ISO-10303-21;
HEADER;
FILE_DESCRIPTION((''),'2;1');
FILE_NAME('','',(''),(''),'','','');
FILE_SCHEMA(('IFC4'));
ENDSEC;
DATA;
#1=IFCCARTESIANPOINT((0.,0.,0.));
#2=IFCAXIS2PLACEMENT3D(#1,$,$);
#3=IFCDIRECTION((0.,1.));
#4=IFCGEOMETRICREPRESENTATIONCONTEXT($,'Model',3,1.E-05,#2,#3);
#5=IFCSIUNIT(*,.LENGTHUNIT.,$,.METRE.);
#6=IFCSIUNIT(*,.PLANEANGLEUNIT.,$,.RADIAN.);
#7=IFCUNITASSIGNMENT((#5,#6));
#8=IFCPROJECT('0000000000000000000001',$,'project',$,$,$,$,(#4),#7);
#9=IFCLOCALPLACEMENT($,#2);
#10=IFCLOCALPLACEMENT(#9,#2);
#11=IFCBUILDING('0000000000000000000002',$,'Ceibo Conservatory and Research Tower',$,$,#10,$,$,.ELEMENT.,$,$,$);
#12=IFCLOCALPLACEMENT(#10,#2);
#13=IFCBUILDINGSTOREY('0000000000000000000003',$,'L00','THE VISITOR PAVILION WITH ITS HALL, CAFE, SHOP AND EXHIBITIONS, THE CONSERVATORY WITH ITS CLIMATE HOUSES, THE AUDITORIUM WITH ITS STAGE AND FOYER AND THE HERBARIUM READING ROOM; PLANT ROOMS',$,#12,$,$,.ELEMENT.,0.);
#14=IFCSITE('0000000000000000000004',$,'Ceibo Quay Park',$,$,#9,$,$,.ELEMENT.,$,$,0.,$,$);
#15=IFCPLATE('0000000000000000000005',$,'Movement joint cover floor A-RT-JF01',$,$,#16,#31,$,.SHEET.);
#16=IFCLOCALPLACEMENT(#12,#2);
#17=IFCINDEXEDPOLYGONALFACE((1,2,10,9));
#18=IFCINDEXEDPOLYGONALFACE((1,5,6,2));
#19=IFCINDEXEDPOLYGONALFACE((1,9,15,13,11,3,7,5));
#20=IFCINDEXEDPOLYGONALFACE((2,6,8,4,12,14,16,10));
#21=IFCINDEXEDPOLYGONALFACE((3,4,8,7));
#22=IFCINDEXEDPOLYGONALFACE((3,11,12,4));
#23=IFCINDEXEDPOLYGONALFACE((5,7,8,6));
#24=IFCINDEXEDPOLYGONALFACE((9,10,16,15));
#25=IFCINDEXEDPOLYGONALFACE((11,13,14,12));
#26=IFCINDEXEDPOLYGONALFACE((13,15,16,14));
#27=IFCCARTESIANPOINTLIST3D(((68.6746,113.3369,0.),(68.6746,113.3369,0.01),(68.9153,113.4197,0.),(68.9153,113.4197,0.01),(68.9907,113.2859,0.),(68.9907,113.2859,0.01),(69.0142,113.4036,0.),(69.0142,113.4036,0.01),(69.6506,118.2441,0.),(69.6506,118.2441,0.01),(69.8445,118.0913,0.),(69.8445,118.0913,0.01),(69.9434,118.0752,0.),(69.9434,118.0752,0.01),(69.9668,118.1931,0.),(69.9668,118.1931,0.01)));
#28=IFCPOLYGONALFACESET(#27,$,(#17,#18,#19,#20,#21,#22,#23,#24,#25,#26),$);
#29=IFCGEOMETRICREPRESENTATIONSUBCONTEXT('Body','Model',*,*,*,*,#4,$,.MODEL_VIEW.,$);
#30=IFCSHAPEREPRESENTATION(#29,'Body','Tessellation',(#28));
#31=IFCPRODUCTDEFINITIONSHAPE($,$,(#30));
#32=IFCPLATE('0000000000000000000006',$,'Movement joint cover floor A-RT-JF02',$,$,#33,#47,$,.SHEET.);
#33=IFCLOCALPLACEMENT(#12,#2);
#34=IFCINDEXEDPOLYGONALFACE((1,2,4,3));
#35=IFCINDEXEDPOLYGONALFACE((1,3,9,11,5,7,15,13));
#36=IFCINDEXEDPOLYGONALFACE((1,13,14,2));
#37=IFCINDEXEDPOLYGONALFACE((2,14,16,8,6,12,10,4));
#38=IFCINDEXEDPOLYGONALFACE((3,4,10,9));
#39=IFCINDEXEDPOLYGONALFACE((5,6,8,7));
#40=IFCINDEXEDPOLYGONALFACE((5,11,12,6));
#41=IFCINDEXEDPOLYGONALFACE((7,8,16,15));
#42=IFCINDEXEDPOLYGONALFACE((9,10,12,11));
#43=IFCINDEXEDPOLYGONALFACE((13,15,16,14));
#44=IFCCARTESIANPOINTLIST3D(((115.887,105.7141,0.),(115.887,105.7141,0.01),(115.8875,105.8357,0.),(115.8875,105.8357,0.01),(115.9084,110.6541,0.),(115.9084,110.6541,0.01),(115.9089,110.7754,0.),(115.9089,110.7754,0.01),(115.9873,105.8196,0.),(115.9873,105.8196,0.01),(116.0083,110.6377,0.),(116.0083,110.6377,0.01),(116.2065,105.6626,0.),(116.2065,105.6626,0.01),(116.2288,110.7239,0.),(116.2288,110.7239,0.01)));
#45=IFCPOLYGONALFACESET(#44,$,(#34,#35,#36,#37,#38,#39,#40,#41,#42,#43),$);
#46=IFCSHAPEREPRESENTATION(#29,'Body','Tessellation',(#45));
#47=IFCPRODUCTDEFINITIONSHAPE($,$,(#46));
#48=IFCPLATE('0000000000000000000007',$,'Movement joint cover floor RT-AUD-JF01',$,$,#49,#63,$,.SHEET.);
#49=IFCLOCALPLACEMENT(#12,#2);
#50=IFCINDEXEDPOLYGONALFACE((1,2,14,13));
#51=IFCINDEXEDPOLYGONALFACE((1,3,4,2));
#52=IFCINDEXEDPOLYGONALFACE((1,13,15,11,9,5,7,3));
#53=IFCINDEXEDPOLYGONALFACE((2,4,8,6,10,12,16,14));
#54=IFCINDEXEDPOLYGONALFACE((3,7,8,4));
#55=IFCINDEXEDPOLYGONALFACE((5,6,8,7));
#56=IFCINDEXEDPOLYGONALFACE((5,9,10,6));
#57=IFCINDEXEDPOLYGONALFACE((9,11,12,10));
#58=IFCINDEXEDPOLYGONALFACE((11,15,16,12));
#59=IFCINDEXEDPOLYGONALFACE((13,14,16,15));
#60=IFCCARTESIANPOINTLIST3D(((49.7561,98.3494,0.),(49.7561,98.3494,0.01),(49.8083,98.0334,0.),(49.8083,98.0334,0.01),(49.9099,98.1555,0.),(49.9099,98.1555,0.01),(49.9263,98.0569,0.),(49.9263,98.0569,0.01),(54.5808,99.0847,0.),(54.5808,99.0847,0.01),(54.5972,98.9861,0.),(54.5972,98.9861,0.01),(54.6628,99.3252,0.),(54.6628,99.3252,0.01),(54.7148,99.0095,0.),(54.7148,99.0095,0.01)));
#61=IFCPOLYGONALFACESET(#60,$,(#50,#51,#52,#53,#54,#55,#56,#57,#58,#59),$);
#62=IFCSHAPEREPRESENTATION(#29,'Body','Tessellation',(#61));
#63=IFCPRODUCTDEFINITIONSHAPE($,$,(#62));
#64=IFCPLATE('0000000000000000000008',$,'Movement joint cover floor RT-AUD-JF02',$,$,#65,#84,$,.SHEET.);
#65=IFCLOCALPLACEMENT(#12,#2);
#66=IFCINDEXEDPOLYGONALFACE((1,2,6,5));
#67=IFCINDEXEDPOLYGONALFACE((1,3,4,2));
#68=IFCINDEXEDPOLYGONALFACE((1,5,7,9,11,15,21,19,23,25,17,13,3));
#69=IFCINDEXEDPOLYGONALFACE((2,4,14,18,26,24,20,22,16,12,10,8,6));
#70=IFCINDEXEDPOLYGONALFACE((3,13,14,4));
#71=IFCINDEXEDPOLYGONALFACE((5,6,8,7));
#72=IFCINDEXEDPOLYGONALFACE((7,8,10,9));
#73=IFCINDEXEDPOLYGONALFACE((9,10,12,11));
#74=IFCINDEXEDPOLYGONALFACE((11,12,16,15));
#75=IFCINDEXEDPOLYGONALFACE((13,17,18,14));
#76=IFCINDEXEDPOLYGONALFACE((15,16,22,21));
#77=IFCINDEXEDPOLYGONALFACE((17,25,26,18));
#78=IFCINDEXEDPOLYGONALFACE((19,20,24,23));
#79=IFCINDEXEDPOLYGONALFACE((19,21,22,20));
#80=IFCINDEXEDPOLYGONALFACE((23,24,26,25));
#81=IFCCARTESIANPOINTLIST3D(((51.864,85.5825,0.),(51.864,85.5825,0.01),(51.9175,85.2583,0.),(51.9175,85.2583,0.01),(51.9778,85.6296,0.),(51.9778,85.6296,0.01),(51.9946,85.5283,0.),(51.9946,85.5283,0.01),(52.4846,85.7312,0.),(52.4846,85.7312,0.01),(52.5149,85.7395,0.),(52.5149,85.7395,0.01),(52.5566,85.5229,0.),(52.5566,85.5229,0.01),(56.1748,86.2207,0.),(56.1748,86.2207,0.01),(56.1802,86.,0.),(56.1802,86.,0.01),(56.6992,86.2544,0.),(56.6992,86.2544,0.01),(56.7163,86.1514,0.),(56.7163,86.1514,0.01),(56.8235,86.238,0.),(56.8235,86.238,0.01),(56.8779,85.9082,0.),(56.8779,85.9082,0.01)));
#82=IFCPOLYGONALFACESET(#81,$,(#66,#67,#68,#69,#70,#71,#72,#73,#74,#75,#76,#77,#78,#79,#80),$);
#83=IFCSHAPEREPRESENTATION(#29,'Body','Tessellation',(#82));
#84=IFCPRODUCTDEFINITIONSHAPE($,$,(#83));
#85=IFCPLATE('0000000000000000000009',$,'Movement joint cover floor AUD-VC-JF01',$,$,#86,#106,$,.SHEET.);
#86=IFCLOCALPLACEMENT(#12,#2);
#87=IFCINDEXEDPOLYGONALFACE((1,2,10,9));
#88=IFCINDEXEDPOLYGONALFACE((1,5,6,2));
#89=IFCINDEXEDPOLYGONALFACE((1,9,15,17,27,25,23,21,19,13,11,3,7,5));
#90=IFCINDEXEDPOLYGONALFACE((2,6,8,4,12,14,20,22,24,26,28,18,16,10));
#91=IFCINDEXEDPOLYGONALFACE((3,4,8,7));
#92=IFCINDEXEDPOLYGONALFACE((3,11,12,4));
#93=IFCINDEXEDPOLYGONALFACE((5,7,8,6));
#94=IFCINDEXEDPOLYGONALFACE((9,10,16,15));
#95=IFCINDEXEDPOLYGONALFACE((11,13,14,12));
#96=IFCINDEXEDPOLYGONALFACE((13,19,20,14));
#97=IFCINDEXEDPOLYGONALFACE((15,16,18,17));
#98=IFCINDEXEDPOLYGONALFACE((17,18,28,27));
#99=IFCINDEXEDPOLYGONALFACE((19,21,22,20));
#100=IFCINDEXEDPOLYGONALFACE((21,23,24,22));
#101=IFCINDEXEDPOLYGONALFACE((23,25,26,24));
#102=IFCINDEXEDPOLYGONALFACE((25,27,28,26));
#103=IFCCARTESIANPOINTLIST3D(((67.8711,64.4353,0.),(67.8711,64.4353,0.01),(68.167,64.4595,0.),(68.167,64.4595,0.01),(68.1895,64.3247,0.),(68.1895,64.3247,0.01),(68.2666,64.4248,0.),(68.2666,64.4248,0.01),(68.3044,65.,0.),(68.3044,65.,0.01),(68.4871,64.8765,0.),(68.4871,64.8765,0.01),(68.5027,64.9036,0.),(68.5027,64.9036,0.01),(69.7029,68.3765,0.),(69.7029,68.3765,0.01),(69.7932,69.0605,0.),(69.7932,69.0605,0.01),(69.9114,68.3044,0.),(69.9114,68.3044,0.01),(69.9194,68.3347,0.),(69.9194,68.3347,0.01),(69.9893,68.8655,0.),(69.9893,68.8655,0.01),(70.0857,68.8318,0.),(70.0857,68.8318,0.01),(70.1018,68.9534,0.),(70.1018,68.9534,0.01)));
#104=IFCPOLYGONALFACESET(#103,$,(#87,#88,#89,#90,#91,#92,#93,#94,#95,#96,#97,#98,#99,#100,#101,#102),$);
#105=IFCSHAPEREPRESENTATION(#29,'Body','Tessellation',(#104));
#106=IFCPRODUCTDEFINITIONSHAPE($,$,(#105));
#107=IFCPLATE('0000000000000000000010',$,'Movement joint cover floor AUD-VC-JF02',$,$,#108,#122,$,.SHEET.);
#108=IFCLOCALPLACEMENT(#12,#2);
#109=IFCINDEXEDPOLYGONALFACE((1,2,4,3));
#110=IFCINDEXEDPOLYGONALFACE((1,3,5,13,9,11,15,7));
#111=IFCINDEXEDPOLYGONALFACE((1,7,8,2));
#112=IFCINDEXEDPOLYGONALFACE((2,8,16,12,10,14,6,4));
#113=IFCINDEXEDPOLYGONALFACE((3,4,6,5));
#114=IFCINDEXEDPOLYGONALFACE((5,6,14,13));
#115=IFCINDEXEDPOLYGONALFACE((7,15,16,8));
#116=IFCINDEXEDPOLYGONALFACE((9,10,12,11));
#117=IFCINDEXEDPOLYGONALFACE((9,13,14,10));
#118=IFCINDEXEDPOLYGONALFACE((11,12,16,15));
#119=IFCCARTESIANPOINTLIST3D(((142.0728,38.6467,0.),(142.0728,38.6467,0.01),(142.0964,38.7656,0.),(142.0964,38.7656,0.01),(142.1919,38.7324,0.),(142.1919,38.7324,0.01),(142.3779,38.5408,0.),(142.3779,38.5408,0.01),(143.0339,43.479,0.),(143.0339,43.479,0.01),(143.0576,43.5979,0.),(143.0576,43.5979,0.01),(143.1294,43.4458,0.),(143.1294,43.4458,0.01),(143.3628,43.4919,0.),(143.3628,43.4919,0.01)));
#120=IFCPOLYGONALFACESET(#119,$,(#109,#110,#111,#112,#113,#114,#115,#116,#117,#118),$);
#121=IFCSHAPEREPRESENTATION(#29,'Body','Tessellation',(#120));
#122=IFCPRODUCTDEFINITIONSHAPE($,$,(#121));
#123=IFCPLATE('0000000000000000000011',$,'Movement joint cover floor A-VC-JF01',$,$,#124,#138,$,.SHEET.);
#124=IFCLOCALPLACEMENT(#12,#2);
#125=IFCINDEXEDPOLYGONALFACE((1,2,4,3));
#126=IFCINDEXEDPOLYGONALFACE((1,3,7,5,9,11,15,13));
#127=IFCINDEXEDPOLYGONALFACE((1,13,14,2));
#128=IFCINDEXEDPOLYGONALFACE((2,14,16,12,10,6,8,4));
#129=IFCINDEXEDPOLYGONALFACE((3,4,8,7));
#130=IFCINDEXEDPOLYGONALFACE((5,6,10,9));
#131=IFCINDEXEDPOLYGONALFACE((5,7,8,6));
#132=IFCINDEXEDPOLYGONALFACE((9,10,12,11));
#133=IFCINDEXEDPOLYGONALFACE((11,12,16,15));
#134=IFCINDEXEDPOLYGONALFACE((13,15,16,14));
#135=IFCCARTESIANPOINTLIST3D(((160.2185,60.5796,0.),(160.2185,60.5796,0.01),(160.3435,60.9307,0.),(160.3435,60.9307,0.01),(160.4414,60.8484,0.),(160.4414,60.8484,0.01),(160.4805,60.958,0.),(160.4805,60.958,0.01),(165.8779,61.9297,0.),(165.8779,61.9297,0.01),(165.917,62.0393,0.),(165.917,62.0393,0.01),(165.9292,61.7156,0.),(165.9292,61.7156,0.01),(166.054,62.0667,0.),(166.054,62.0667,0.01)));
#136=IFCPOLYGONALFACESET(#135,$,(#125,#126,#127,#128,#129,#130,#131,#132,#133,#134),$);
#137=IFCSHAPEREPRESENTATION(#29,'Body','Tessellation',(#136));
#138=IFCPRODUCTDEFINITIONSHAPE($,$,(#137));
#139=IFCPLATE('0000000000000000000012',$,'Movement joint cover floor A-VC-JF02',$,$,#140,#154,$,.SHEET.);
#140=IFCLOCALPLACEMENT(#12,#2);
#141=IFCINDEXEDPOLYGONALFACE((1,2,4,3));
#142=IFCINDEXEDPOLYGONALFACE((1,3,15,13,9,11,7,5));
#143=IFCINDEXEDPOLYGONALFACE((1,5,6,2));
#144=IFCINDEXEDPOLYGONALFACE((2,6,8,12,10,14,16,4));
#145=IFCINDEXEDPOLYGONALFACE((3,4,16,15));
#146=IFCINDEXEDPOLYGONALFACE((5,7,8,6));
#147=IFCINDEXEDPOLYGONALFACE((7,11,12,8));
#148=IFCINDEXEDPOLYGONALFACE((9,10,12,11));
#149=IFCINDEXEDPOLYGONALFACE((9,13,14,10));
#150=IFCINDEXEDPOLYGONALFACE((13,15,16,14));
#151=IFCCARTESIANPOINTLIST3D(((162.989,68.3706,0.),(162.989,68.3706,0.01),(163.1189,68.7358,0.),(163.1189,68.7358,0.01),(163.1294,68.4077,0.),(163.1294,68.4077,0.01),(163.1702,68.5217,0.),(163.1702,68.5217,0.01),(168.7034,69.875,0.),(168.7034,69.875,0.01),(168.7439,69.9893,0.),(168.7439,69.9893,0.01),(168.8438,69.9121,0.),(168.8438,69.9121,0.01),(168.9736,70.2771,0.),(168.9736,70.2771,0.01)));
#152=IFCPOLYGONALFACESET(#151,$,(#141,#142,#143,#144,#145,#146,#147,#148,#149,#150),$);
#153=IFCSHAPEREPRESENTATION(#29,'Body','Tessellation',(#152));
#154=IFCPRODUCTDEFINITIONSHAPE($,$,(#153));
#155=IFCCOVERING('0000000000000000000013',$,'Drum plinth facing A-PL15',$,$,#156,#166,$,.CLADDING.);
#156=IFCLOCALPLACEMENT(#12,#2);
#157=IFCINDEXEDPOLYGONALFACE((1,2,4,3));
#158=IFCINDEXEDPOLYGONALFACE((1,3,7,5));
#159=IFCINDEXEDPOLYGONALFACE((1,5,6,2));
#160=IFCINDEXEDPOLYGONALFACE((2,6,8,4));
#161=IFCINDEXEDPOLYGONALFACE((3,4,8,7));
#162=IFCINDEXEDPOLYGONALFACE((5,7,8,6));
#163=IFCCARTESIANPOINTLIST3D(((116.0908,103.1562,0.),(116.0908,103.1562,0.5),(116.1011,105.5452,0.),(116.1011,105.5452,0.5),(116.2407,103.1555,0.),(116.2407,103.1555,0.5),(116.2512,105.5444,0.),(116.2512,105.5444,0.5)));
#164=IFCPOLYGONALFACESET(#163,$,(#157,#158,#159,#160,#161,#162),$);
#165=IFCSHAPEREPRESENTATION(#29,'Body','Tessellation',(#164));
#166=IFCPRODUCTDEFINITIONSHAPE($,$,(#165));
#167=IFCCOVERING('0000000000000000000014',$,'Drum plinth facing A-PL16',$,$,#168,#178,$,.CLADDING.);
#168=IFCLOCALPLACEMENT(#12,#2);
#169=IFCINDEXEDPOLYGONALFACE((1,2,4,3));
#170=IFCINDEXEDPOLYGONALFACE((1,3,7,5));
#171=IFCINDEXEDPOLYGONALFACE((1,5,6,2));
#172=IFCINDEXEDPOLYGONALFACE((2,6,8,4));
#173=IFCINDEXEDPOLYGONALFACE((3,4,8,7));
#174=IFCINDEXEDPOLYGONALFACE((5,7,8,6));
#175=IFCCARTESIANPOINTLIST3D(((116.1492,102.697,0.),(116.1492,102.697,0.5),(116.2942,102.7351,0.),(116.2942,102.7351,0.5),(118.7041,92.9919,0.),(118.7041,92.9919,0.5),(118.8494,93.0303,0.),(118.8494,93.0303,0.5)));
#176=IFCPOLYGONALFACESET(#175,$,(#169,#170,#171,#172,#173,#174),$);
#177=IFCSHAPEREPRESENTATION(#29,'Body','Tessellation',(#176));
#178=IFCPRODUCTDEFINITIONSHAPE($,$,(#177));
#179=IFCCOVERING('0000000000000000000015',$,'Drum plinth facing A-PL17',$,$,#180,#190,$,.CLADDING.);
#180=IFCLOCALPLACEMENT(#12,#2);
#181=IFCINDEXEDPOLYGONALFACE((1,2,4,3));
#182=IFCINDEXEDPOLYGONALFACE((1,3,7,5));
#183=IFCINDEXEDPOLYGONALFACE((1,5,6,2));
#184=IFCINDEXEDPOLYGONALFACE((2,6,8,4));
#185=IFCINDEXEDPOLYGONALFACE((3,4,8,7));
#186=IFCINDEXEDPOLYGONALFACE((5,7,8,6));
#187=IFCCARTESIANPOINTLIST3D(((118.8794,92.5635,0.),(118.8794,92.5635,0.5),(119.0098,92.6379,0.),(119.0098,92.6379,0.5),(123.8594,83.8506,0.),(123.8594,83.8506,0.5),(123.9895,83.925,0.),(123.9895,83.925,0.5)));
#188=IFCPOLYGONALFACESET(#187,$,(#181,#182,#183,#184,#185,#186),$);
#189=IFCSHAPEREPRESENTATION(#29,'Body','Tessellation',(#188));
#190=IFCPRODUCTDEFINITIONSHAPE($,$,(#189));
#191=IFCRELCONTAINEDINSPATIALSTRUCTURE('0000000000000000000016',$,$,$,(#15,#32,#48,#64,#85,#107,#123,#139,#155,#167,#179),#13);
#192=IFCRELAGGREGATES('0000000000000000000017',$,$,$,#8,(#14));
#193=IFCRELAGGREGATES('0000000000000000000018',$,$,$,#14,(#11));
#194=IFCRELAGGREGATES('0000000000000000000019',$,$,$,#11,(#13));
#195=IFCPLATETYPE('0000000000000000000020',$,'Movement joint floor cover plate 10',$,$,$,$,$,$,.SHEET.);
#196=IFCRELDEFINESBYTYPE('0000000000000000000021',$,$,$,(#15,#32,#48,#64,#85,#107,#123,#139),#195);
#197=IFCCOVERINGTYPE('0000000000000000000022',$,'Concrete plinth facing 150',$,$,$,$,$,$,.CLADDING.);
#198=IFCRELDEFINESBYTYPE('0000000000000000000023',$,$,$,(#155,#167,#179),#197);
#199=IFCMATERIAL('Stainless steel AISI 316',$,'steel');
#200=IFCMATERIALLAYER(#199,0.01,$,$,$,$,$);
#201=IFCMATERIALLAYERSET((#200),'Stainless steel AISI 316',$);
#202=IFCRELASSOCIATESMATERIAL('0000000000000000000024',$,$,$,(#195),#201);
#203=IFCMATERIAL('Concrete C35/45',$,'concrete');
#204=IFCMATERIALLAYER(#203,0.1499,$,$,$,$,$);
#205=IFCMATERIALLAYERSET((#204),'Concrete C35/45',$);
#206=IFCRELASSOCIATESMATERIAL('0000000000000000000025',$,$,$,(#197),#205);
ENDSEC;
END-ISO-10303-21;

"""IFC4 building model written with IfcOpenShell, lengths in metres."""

from ifc_helpers import new_model, si_unit, direction, origin, place, context, subcontext, project, spatial, polyline, outline, extrude, material, layer, layer_set, type_object, element, save


model = new_model("IFC4")

# Units and contexts
model_context = context("Model", 3, precision=1e-05, world=origin(), true_north=direction((0.0, 1.0)))
body_context = subcontext(model_context, "Body", "Model", "MODEL_VIEW")
ifc_project = project(units=[si_unit("LENGTHUNIT", "METRE"), si_unit("PLANEANGLEUNIT", "RADIAN")], contexts=[model_context])

# Site, building, storey
site_placement = place(None, origin())
site = spatial("IfcSite", under=ifc_project, at=site_placement, Name="Ceibo Quay Park", CompositionType="ELEMENT", RefElevation=0.0)
building_placement = place(site_placement, origin())
building = spatial("IfcBuilding", under=site, at=building_placement, Name="Ceibo Conservatory and Research Tower", CompositionType="ELEMENT")
storey_placement = place(building_placement, origin())
storey = spatial("IfcBuildingStorey", under=building, at=storey_placement, Name="L00", Description="THE VISITOR PAVILION WITH ITS HALL, CAFE, SHOP AND EXHIBITIONS, THE CONSERVATORY WITH ITS CLIMATE HOUSES, THE AUDITORIUM WITH ITS STAGE AND FOYER AND THE HERBARIUM READING ROOM; PLANT ROOMS", CompositionType="ELEMENT", Elevation=0.0)

# Plates
ifc_material_1 = material(Name="Stainless steel AISI 316", Category="steel")
ifc_layer_1 = layer(ifc_material_1, 0.01)
ifc_layer_set_1 = layer_set([ifc_layer_1], Name="Stainless steel AISI 316")
plate_type = type_object("IfcPlateType", Name="Movement joint floor cover plate 10", PredefinedType="SHEET", material=ifc_layer_set_1)
plate_1_placement = place(storey_placement, origin())
element("IfcPlate", 1, at=plate_1_placement, inside=storey, type_object=plate_type, Name="Movement joint cover floor A-RT-JF01", PredefinedType="SHEET", context=body_context, shape_type="SweptSolid", body=[
    extrude(outline(polyline([(69.6506, 118.2441), (69.9668, 118.1931), (69.9434, 118.0752), (69.8445, 118.0913), (68.9153, 113.4197), (69.0142, 113.4036), (68.9907, 113.2859), (68.6746, 113.3369), (69.6506, 118.2441)])), origin(), (0.0, 0.0, 1.0), 0.01),
])
plate_2_placement = place(storey_placement, origin())
element("IfcPlate", 2, at=plate_2_placement, inside=storey, type_object=plate_type, Name="Movement joint cover floor A-RT-JF02", PredefinedType="SHEET", context=body_context, shape_type="SweptSolid", body=[
    extrude(outline(polyline([(115.8875, 105.8357), (115.9873, 105.8196), (116.0083, 110.6377), (115.9084, 110.6541), (115.9089, 110.7754), (116.2288, 110.7239), (116.2065, 105.6626), (115.887, 105.7141), (115.8875, 105.8357)])), origin(), (0.0, 0.0, 1.0), 0.01),
])
plate_3_placement = place(storey_placement, origin())
element("IfcPlate", 3, at=plate_3_placement, inside=storey, type_object=plate_type, Name="Movement joint cover floor RT-AUD-JF01", PredefinedType="SHEET", context=body_context, shape_type="SweptSolid", body=[
    extrude(outline(polyline([(54.5972, 98.9861), (54.5808, 99.0847), (49.9099, 98.1555), (49.9263, 98.0569), (49.8083, 98.0334), (49.7561, 98.3494), (54.6628, 99.3252), (54.7148, 99.0095), (54.5972, 98.9861)])), origin(), (0.0, 0.0, 1.0), 0.01),
])
plate_4_placement = place(storey_placement, origin())
element("IfcPlate", 4, at=plate_4_placement, inside=storey, type_object=plate_type, Name="Movement joint cover floor RT-AUD-JF02", PredefinedType="SHEET", context=body_context, shape_type="SweptSolid", body=[
    extrude(outline(polyline([(56.1802, 86.0), (52.5566, 85.5229), (51.9175, 85.2583), (51.864, 85.5825), (51.9778, 85.6296), (51.9946, 85.5283), (52.4846, 85.7312), (52.5149, 85.7395), (56.1748, 86.2207), (56.7163, 86.1514), (56.6992, 86.2544), (56.8235, 86.238), (56.8779, 85.9082), (56.1802, 86.0)])), origin(), (0.0, 0.0, 1.0), 0.01),
])
plate_5_placement = place(storey_placement, origin())
element("IfcPlate", 5, at=plate_5_placement, inside=storey, type_object=plate_type, Name="Movement joint cover floor AUD-VC-JF01", PredefinedType="SHEET", context=body_context, shape_type="SweptSolid", body=[
    extrude(outline(polyline([(70.0857, 68.8318), (69.9893, 68.8655), (69.9194, 68.3347), (69.9114, 68.3044), (68.5027, 64.9036), (68.4871, 64.8765), (68.167, 64.4595), (68.2666, 64.4248), (68.1895, 64.3247), (67.8711, 64.4353), (68.3044, 65.0), (69.7029, 68.3765), (69.7932, 69.0605), (70.1018, 68.9534), (70.0857, 68.8318)])), origin(), (0.0, 0.0, 1.0), 0.01),
])
plate_6_placement = place(storey_placement, origin())
element("IfcPlate", 6, at=plate_6_placement, inside=storey, type_object=plate_type, Name="Movement joint cover floor AUD-VC-JF02", PredefinedType="SHEET", context=body_context, shape_type="SweptSolid", body=[
    extrude(outline(polyline([(142.3779, 38.5408), (142.0728, 38.6467), (142.0964, 38.7656), (142.1919, 38.7324), (143.1294, 43.4458), (143.0339, 43.479), (143.0576, 43.5979), (143.3628, 43.4919), (142.3779, 38.5408)])), origin(), (0.0, 0.0, 1.0), 0.01),
])
plate_7_placement = place(storey_placement, origin())
element("IfcPlate", 7, at=plate_7_placement, inside=storey, type_object=plate_type, Name="Movement joint cover floor A-VC-JF01", PredefinedType="SHEET", context=body_context, shape_type="SweptSolid", body=[
    extrude(outline(polyline([(160.2185, 60.5796), (160.3435, 60.9307), (160.4805, 60.958), (160.4414, 60.8484), (165.8779, 61.9297), (165.917, 62.0393), (166.054, 62.0667), (165.9292, 61.7156), (160.2185, 60.5796)])), origin(), (0.0, 0.0, 1.0), 0.01),
])
plate_8_placement = place(storey_placement, origin())
element("IfcPlate", 8, at=plate_8_placement, inside=storey, type_object=plate_type, Name="Movement joint cover floor A-VC-JF02", PredefinedType="SHEET", context=body_context, shape_type="SweptSolid", body=[
    extrude(outline(polyline([(168.7034, 69.875), (168.7439, 69.9893), (163.1702, 68.5217), (163.1294, 68.4077), (162.989, 68.3706), (163.1189, 68.7358), (168.9736, 70.2771), (168.8438, 69.9121), (168.7034, 69.875)])), origin(), (0.0, 0.0, 1.0), 0.01),
])

# Coverings
ifc_material_2 = material(Name="Concrete C35/45", Category="concrete")
ifc_layer_2 = layer(ifc_material_2, 0.1499)
ifc_layer_set_2 = layer_set([ifc_layer_2], Name="Concrete C35/45")
covering_type_1 = type_object("IfcCoveringType", Name="Concrete plinth facing 150", PredefinedType="CLADDING", material=ifc_layer_set_2)
covering_1_placement = place(storey_placement, origin())
element("IfcCovering", 9, at=covering_1_placement, inside=storey, type_object=covering_type_1, Name="Drum plinth facing A-PL15", PredefinedType="CLADDING", context=body_context, shape_type="SweptSolid", body=[
    extrude(outline(polyline([(116.2512, 105.5444), (116.2407, 103.1555), (116.0908, 103.1562), (116.1011, 105.5452), (116.2512, 105.5444)])), origin(), (0.0, 0.0, 1.0), 0.5),
])
covering_2_placement = place(storey_placement, origin())
element("IfcCovering", 10, at=covering_2_placement, inside=storey, type_object=covering_type_1, Name="Drum plinth facing A-PL16", PredefinedType="CLADDING", context=body_context, shape_type="SweptSolid", body=[
    extrude(outline(polyline([(116.2942, 102.7351), (118.8494, 93.0303), (118.7041, 92.9919), (116.1492, 102.697), (116.2942, 102.7351)])), origin(), (0.0, 0.0, 1.0), 0.5),
])
covering_3_placement = place(storey_placement, origin())
element("IfcCovering", 11, at=covering_3_placement, inside=storey, type_object=covering_type_1, Name="Drum plinth facing A-PL17", PredefinedType="CLADDING", context=body_context, shape_type="SweptSolid", body=[
    extrude(outline(polyline([(119.0098, 92.6379), (123.9895, 83.925), (123.8594, 83.8506), (118.8794, 92.5635), (119.0098, 92.6379)])), origin(), (0.0, 0.0, 1.0), 0.5),
])

save(model, "model.ifc")
